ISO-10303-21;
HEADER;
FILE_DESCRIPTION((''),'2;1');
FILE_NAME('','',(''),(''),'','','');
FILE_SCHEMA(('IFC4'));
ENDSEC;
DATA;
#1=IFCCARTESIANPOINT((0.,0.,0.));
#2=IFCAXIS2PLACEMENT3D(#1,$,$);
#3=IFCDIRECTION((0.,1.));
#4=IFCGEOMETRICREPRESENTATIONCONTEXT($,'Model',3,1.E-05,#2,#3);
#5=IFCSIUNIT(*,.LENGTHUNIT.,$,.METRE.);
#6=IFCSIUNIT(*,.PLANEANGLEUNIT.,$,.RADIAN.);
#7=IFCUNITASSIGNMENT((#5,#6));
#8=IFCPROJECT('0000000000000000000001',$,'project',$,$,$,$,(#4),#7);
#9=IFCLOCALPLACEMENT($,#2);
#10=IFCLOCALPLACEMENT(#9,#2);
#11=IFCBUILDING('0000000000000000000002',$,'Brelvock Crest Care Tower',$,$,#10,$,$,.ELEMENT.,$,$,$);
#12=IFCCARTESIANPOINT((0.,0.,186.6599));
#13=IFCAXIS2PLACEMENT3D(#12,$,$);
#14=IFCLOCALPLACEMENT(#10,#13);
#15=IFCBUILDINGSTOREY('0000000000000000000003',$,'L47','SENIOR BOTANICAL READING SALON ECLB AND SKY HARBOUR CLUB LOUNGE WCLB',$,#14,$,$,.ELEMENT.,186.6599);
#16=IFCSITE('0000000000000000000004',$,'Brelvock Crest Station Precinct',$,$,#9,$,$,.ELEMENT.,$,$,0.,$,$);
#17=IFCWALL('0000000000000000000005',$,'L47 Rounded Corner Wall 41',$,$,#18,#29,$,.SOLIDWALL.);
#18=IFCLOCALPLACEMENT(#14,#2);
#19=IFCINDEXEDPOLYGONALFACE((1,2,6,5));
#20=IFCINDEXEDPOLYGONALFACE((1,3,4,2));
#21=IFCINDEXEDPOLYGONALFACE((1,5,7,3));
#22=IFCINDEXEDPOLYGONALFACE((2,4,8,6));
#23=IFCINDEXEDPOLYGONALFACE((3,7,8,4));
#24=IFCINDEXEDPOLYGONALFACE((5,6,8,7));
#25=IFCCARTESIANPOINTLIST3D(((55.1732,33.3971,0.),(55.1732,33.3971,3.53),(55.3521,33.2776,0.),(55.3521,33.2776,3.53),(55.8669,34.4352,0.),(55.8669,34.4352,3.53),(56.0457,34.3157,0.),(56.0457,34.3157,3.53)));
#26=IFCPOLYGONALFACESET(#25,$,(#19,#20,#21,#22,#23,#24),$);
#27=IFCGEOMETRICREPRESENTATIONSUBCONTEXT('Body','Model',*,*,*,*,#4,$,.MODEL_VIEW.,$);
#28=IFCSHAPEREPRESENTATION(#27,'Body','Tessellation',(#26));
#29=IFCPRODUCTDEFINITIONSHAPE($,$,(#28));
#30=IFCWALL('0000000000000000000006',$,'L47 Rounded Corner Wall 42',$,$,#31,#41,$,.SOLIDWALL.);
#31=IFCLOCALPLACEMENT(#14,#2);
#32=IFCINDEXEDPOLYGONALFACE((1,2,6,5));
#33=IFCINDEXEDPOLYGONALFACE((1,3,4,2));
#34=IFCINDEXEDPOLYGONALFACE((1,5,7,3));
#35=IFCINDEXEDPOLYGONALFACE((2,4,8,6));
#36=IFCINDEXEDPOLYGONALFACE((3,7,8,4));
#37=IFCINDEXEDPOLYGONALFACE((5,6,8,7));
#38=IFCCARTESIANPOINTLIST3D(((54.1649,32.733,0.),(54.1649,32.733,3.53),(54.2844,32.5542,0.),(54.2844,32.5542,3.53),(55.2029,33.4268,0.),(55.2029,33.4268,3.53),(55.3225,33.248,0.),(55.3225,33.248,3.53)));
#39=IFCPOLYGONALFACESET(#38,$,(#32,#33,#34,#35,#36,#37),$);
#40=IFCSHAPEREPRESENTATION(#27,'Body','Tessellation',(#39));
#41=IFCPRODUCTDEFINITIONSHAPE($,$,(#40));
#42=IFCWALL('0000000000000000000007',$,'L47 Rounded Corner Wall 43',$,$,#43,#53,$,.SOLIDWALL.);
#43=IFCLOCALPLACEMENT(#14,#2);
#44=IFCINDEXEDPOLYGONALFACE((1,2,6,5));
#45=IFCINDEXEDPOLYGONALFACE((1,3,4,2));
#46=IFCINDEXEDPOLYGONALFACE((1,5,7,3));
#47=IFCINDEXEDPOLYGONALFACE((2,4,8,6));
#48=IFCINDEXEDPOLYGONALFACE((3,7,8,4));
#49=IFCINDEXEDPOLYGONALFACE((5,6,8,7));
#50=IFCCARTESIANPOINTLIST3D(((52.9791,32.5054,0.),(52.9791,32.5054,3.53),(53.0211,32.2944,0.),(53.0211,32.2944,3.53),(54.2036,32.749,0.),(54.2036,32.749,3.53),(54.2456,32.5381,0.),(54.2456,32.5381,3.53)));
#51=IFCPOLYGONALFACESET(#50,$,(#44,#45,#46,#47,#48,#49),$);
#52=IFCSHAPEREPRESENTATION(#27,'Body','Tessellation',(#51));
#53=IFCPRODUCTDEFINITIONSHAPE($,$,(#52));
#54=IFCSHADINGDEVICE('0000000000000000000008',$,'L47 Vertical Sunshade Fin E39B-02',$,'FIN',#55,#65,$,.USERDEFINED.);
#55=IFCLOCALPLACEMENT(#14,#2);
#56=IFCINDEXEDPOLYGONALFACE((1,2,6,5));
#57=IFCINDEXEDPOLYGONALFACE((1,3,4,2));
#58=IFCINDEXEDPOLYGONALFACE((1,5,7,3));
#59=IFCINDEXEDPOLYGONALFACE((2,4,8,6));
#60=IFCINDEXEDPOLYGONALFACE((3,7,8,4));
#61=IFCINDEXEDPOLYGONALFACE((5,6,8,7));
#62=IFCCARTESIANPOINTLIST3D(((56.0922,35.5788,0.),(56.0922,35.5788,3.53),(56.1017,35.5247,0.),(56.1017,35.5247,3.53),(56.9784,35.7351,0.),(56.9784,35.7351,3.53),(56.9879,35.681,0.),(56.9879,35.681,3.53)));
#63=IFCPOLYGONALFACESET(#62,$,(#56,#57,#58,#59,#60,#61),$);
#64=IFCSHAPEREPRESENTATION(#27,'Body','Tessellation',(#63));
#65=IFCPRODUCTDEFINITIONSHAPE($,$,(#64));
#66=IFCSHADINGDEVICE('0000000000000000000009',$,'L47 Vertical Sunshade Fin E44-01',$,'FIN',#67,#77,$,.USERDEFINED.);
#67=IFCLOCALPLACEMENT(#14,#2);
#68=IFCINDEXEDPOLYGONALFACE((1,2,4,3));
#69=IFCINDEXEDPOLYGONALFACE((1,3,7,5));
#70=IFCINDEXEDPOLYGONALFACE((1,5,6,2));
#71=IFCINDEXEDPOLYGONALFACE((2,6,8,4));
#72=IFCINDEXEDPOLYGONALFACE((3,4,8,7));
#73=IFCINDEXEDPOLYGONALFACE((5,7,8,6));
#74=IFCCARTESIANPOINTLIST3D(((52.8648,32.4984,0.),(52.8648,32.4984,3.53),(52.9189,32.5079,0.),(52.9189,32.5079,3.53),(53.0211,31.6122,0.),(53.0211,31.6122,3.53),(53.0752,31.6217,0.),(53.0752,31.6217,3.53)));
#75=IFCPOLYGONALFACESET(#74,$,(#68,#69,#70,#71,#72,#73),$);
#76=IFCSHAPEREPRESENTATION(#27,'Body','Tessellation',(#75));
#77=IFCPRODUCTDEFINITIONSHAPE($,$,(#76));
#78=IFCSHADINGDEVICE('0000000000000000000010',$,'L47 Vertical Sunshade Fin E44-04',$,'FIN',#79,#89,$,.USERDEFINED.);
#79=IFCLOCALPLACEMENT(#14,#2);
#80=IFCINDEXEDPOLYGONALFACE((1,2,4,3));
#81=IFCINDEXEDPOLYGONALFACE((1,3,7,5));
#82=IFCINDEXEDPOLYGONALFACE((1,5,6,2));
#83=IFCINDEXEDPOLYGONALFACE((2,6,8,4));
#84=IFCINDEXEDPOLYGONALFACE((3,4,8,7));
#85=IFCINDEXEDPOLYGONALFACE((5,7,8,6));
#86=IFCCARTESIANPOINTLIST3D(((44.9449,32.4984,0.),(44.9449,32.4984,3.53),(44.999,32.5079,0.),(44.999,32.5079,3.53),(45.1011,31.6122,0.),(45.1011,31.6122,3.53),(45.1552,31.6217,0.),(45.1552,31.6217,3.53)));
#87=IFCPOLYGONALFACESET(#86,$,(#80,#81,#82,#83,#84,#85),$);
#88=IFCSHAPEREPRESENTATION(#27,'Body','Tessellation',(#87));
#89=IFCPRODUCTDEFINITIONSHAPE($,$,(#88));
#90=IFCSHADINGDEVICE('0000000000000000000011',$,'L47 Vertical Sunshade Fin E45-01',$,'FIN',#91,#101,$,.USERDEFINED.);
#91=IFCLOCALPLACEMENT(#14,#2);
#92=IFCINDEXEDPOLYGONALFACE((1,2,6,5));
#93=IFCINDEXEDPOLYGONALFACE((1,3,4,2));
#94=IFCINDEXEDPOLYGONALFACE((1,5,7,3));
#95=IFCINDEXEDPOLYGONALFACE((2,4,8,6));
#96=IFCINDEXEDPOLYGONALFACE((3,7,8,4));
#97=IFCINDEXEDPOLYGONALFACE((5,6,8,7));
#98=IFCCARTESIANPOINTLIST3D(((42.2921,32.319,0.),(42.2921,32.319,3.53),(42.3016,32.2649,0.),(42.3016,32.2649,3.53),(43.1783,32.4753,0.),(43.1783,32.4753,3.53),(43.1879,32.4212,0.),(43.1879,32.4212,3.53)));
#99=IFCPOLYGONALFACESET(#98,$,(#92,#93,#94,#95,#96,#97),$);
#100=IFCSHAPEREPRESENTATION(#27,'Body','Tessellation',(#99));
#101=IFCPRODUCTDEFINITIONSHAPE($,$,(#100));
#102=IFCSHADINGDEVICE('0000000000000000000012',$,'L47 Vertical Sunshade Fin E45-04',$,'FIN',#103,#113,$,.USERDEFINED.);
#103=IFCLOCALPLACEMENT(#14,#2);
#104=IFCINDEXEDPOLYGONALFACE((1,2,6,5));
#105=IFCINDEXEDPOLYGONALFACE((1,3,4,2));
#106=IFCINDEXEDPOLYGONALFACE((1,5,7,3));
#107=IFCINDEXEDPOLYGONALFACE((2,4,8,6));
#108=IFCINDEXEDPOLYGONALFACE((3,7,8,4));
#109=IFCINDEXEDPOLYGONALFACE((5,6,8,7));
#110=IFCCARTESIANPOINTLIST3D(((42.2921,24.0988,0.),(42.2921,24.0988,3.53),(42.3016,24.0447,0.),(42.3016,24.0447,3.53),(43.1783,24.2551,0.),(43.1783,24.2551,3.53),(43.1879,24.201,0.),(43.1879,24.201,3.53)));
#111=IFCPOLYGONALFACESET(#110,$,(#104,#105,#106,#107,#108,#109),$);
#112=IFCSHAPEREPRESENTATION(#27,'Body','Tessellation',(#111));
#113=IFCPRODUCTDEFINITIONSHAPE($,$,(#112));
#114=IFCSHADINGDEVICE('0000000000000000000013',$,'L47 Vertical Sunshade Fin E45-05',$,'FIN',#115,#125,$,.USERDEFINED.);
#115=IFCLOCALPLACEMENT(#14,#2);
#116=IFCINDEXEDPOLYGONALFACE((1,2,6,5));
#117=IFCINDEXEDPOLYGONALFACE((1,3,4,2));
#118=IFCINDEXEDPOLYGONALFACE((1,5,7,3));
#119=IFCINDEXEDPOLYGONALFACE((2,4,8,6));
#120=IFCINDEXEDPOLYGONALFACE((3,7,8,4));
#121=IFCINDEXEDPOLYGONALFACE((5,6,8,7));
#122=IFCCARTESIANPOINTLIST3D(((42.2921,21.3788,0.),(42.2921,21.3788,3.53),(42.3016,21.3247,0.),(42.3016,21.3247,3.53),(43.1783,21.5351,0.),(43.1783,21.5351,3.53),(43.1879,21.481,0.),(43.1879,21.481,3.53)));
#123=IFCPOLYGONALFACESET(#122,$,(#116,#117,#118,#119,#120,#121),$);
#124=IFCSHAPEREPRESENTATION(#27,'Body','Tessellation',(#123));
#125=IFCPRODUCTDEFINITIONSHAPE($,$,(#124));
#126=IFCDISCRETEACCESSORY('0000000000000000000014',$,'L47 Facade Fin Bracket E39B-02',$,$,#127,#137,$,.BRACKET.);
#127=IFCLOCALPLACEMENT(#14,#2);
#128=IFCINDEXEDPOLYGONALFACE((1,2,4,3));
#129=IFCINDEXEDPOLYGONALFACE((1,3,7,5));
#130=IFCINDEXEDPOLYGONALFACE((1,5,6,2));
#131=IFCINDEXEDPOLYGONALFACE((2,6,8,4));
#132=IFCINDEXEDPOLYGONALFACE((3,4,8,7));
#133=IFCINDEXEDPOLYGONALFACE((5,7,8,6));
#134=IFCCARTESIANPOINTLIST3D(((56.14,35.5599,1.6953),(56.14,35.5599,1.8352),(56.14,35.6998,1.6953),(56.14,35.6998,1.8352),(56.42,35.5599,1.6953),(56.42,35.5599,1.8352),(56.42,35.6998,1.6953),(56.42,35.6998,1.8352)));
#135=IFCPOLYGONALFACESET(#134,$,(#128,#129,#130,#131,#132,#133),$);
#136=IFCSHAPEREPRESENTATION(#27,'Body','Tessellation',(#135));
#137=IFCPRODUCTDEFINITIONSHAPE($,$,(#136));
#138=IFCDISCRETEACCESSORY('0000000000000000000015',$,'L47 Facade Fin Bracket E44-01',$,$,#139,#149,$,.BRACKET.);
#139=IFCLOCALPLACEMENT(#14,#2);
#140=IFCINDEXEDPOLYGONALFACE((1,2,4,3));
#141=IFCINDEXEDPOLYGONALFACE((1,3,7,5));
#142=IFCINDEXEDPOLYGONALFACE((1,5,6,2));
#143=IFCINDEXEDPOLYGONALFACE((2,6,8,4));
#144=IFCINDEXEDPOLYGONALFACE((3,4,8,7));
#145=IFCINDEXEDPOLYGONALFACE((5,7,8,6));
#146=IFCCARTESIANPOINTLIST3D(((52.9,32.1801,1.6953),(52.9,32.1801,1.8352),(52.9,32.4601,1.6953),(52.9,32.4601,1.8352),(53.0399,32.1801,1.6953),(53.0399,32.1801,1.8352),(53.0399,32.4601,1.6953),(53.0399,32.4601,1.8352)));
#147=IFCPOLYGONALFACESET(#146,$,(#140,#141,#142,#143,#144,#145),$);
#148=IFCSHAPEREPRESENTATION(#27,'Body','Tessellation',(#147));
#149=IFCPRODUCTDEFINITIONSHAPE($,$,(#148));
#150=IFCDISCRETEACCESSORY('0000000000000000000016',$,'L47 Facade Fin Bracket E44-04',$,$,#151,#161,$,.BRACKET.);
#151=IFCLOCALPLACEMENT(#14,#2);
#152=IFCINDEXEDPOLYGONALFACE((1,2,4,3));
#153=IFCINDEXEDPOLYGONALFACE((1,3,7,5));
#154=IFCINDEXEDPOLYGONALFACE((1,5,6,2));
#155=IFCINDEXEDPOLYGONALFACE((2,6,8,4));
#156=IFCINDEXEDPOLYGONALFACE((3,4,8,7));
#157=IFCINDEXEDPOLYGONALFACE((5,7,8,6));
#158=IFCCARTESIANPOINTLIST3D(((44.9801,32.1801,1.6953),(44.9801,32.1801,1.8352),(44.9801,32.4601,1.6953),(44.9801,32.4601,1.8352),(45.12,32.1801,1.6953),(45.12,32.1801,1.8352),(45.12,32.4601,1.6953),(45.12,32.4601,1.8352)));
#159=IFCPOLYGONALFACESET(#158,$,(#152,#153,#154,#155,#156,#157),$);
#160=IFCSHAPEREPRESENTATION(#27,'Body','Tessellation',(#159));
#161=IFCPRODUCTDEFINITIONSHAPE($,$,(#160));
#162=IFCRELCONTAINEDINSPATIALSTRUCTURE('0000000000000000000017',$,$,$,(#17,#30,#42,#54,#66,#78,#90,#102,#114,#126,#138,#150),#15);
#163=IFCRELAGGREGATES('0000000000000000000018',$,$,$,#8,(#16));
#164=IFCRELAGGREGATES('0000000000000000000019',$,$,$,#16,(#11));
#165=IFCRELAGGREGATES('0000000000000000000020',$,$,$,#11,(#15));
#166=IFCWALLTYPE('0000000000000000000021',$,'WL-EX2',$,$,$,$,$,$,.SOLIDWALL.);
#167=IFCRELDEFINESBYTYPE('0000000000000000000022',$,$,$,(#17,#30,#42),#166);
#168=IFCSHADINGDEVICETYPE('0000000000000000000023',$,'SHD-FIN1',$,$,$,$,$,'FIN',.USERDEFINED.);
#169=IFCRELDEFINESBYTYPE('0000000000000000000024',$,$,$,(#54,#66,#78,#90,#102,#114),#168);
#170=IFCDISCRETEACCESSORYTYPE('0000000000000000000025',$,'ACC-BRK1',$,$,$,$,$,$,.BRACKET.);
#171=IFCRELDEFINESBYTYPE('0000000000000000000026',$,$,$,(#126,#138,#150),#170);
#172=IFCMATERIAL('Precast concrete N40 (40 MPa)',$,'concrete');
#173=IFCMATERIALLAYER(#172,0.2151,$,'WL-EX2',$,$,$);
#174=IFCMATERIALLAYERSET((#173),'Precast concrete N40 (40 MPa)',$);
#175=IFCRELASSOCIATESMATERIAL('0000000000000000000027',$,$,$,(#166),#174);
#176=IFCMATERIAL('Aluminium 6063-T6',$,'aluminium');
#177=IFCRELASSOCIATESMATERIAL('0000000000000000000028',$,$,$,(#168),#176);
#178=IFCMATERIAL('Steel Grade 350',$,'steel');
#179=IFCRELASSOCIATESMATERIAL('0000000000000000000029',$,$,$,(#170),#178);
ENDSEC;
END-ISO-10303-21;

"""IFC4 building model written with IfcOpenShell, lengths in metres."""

from ifc_helpers import new_model, si_unit, direction, frame, frame_2d, origin, origin_2d, place, context, subcontext, project, spatial, rectangle, extrude, source, transform, mapped, material, layer, layer_set, material_profile, profile_set, type_object, element, save


model = new_model("IFC4")

# Units and contexts
model_context = context("Model", 3, precision=1e-05, world=origin(), true_north=direction((0.0, 1.0)))
body_context = subcontext(model_context, "Body", "Model", "MODEL_VIEW")
ifc_project = project(units=[si_unit("LENGTHUNIT", "METRE"), si_unit("PLANEANGLEUNIT", "RADIAN")], contexts=[model_context])

# Site, building, storey
site_placement = place(None, origin())
site = spatial("IfcSite", under=ifc_project, at=site_placement, Name="Brelvock Crest Station Precinct", CompositionType="ELEMENT", RefElevation=0.0)
building_placement = place(site_placement, origin())
building = spatial("IfcBuilding", under=site, at=building_placement, Name="Brelvock Crest Care Tower", CompositionType="ELEMENT")
storey_placement = place(building_placement, frame((0.0, 0.0, 186.6599)))
storey = spatial("IfcBuildingStorey", under=building, at=storey_placement, Name="L47", Description="SENIOR BOTANICAL READING SALON ECLB AND SKY HARBOUR CLUB LOUNGE WCLB", CompositionType="ELEMENT", Elevation=186.6599)

# Shared definitions
ifc_material_1 = material(Name="Steel Grade 350", Category="steel")

# Shared definitions
ifc_material_2 = material(Name="Aluminium 6063-T6", Category="aluminium")

# Walls
ifc_material_3 = material(Name="Precast concrete N40 (40 MPa)", Category="concrete")
ifc_layer_1 = layer(ifc_material_3, 0.2151, Name="WL-EX2")
ifc_layer_set_1 = layer_set([ifc_layer_1], Name="Precast concrete N40 (40 MPa)")
wall_type = type_object("IfcWallType", Name="WL-EX2", PredefinedType="SOLIDWALL", material=ifc_layer_set_1)
for number, where, z_axis, x_axis, name in (
    (1, (55.9563, 34.3755, 0.0), (0.0, 0.0, 1.0), (-0.555557, -0.831478, 0.0), "L47 Rounded Corner Wall 41"),
    (2, (55.2627, 33.3374, 0.0), (0.0, 0.0, 1.0), (-0.831388, -0.555692, 0.0), "L47 Rounded Corner Wall 42"),
    (3, (54.2246, 32.6436, 0.0), (0.0, 0.0, 1.0), (-0.980776, -0.195138, 0.0), "L47 Rounded Corner Wall 43"),
):
    element("IfcWall", number, at=place(storey_placement, frame(where, z_axis=z_axis, x_axis=x_axis)), inside=storey, type_object=wall_type, Name=name, PredefinedType="SOLIDWALL", context=body_context, shape_type="SweptSolid", body=[
        extrude(rectangle(XDim=1.2485, YDim=0.2151, at=frame_2d((0.6243, 0.0))), origin(), (0.0, 0.0, 1.0), 3.53),
    ])

# Shading devices
ifc_material_profile_1 = material_profile(ifc_material_2, rectangle(XDim=0.0549, YDim=0.8999, at=origin_2d()), Name="FIN55x900")
ifc_profile_set_1 = profile_set([ifc_material_profile_1], Name="Aluminium 6063-T6")
shading_device_type = type_object("IfcShadingDeviceType", Name="SHD-FIN1", ElementType="FIN", PredefinedType="USERDEFINED", material=ifc_profile_set_1)
shared_shape_1 = source(origin(), body_context, "Body", "SweptSolid", [
    extrude(rectangle(XDim=0.0549, YDim=0.8999, at=origin_2d()), origin(), (0.0, 0.0, 1.0), 3.53),
])
for number, where, z_axis, x_axis, name in (
    (4, (56.54, 35.6299, 0.0), (0.0, 0.0, 1.0), (0.173648, -0.984808, 0.0), "L47 Vertical Sunshade Fin E39B-02"),
    (5, (52.97, 32.0601, 0.0), (0.0, 0.0, 1.0), (-0.984808, -0.173648, 0.0), "L47 Vertical Sunshade Fin E44-01"),
    (6, (45.05, 32.0601, 0.0), (0.0, 0.0, 1.0), (-0.984808, -0.173648, 0.0), "L47 Vertical Sunshade Fin E44-04"),
    (7, (42.74, 32.3701, 0.0), (0.0, 0.0, 1.0), (0.173648, -0.984808, 0.0), "L47 Vertical Sunshade Fin E45-01"),
    (8, (42.74, 24.1499, 0.0), (0.0, 0.0, 1.0), (0.173648, -0.984808, 0.0), "L47 Vertical Sunshade Fin E45-04"),
    (9, (42.74, 21.4299, 0.0), (0.0, 0.0, 1.0), (0.173648, -0.984808, 0.0), "L47 Vertical Sunshade Fin E45-05"),
):
    element("IfcShadingDevice", number, at=place(storey_placement, frame(where, z_axis=z_axis, x_axis=x_axis)), inside=storey, type_object=shading_device_type, Name=name, ObjectType="FIN", PredefinedType="USERDEFINED", context=body_context, shape_type="MappedRepresentation", body=[
        mapped(shared_shape_1, transform((0.0, 0.0, 0.0), x_axis=(1.0, 0.0, 0.0), y_axis=(0.0, 1.0, 0.0), z_axis=(0.0, 0.0, 1.0), scale=1.0)),
    ])

# Discrete accessories
discrete_accessory_type = type_object("IfcDiscreteAccessoryType", Name="ACC-BRK1", PredefinedType="BRACKET", material=ifc_material_1)
shared_shape_2 = source(origin(), body_context, "Body", "SweptSolid", [
    extrude(rectangle(XDim=0.28, YDim=0.1399, at=origin_2d()), origin(), (0.0, 0.0, 1.0), 0.1399),
])
for number, where, z_axis, x_axis, name in (
    (10, (56.28, 35.6299, 1.6953), (0.0, 0.0, 1.0), (1.0, 0.0, 0.0), "L47 Facade Fin Bracket E39B-02"),
    (11, (52.97, 32.3201, 1.6953), (0.0, 0.0, 1.0), (0.0, -1.0, 0.0), "L47 Facade Fin Bracket E44-01"),
    (12, (45.05, 32.3201, 1.6953), (0.0, 0.0, 1.0), (0.0, -1.0, 0.0), "L47 Facade Fin Bracket E44-04"),
):
    element("IfcDiscreteAccessory", number, at=place(storey_placement, frame(where, z_axis=z_axis, x_axis=x_axis)), inside=storey, type_object=discrete_accessory_type, Name=name, PredefinedType="BRACKET", context=body_context, shape_type="MappedRepresentation", body=[
        mapped(shared_shape_2, transform((0.0, 0.0, 0.0), x_axis=(1.0, 0.0, 0.0), y_axis=(0.0, 1.0, 0.0), z_axis=(0.0, 0.0, 1.0), scale=1.0)),
    ])

save(model, "model.ifc")
